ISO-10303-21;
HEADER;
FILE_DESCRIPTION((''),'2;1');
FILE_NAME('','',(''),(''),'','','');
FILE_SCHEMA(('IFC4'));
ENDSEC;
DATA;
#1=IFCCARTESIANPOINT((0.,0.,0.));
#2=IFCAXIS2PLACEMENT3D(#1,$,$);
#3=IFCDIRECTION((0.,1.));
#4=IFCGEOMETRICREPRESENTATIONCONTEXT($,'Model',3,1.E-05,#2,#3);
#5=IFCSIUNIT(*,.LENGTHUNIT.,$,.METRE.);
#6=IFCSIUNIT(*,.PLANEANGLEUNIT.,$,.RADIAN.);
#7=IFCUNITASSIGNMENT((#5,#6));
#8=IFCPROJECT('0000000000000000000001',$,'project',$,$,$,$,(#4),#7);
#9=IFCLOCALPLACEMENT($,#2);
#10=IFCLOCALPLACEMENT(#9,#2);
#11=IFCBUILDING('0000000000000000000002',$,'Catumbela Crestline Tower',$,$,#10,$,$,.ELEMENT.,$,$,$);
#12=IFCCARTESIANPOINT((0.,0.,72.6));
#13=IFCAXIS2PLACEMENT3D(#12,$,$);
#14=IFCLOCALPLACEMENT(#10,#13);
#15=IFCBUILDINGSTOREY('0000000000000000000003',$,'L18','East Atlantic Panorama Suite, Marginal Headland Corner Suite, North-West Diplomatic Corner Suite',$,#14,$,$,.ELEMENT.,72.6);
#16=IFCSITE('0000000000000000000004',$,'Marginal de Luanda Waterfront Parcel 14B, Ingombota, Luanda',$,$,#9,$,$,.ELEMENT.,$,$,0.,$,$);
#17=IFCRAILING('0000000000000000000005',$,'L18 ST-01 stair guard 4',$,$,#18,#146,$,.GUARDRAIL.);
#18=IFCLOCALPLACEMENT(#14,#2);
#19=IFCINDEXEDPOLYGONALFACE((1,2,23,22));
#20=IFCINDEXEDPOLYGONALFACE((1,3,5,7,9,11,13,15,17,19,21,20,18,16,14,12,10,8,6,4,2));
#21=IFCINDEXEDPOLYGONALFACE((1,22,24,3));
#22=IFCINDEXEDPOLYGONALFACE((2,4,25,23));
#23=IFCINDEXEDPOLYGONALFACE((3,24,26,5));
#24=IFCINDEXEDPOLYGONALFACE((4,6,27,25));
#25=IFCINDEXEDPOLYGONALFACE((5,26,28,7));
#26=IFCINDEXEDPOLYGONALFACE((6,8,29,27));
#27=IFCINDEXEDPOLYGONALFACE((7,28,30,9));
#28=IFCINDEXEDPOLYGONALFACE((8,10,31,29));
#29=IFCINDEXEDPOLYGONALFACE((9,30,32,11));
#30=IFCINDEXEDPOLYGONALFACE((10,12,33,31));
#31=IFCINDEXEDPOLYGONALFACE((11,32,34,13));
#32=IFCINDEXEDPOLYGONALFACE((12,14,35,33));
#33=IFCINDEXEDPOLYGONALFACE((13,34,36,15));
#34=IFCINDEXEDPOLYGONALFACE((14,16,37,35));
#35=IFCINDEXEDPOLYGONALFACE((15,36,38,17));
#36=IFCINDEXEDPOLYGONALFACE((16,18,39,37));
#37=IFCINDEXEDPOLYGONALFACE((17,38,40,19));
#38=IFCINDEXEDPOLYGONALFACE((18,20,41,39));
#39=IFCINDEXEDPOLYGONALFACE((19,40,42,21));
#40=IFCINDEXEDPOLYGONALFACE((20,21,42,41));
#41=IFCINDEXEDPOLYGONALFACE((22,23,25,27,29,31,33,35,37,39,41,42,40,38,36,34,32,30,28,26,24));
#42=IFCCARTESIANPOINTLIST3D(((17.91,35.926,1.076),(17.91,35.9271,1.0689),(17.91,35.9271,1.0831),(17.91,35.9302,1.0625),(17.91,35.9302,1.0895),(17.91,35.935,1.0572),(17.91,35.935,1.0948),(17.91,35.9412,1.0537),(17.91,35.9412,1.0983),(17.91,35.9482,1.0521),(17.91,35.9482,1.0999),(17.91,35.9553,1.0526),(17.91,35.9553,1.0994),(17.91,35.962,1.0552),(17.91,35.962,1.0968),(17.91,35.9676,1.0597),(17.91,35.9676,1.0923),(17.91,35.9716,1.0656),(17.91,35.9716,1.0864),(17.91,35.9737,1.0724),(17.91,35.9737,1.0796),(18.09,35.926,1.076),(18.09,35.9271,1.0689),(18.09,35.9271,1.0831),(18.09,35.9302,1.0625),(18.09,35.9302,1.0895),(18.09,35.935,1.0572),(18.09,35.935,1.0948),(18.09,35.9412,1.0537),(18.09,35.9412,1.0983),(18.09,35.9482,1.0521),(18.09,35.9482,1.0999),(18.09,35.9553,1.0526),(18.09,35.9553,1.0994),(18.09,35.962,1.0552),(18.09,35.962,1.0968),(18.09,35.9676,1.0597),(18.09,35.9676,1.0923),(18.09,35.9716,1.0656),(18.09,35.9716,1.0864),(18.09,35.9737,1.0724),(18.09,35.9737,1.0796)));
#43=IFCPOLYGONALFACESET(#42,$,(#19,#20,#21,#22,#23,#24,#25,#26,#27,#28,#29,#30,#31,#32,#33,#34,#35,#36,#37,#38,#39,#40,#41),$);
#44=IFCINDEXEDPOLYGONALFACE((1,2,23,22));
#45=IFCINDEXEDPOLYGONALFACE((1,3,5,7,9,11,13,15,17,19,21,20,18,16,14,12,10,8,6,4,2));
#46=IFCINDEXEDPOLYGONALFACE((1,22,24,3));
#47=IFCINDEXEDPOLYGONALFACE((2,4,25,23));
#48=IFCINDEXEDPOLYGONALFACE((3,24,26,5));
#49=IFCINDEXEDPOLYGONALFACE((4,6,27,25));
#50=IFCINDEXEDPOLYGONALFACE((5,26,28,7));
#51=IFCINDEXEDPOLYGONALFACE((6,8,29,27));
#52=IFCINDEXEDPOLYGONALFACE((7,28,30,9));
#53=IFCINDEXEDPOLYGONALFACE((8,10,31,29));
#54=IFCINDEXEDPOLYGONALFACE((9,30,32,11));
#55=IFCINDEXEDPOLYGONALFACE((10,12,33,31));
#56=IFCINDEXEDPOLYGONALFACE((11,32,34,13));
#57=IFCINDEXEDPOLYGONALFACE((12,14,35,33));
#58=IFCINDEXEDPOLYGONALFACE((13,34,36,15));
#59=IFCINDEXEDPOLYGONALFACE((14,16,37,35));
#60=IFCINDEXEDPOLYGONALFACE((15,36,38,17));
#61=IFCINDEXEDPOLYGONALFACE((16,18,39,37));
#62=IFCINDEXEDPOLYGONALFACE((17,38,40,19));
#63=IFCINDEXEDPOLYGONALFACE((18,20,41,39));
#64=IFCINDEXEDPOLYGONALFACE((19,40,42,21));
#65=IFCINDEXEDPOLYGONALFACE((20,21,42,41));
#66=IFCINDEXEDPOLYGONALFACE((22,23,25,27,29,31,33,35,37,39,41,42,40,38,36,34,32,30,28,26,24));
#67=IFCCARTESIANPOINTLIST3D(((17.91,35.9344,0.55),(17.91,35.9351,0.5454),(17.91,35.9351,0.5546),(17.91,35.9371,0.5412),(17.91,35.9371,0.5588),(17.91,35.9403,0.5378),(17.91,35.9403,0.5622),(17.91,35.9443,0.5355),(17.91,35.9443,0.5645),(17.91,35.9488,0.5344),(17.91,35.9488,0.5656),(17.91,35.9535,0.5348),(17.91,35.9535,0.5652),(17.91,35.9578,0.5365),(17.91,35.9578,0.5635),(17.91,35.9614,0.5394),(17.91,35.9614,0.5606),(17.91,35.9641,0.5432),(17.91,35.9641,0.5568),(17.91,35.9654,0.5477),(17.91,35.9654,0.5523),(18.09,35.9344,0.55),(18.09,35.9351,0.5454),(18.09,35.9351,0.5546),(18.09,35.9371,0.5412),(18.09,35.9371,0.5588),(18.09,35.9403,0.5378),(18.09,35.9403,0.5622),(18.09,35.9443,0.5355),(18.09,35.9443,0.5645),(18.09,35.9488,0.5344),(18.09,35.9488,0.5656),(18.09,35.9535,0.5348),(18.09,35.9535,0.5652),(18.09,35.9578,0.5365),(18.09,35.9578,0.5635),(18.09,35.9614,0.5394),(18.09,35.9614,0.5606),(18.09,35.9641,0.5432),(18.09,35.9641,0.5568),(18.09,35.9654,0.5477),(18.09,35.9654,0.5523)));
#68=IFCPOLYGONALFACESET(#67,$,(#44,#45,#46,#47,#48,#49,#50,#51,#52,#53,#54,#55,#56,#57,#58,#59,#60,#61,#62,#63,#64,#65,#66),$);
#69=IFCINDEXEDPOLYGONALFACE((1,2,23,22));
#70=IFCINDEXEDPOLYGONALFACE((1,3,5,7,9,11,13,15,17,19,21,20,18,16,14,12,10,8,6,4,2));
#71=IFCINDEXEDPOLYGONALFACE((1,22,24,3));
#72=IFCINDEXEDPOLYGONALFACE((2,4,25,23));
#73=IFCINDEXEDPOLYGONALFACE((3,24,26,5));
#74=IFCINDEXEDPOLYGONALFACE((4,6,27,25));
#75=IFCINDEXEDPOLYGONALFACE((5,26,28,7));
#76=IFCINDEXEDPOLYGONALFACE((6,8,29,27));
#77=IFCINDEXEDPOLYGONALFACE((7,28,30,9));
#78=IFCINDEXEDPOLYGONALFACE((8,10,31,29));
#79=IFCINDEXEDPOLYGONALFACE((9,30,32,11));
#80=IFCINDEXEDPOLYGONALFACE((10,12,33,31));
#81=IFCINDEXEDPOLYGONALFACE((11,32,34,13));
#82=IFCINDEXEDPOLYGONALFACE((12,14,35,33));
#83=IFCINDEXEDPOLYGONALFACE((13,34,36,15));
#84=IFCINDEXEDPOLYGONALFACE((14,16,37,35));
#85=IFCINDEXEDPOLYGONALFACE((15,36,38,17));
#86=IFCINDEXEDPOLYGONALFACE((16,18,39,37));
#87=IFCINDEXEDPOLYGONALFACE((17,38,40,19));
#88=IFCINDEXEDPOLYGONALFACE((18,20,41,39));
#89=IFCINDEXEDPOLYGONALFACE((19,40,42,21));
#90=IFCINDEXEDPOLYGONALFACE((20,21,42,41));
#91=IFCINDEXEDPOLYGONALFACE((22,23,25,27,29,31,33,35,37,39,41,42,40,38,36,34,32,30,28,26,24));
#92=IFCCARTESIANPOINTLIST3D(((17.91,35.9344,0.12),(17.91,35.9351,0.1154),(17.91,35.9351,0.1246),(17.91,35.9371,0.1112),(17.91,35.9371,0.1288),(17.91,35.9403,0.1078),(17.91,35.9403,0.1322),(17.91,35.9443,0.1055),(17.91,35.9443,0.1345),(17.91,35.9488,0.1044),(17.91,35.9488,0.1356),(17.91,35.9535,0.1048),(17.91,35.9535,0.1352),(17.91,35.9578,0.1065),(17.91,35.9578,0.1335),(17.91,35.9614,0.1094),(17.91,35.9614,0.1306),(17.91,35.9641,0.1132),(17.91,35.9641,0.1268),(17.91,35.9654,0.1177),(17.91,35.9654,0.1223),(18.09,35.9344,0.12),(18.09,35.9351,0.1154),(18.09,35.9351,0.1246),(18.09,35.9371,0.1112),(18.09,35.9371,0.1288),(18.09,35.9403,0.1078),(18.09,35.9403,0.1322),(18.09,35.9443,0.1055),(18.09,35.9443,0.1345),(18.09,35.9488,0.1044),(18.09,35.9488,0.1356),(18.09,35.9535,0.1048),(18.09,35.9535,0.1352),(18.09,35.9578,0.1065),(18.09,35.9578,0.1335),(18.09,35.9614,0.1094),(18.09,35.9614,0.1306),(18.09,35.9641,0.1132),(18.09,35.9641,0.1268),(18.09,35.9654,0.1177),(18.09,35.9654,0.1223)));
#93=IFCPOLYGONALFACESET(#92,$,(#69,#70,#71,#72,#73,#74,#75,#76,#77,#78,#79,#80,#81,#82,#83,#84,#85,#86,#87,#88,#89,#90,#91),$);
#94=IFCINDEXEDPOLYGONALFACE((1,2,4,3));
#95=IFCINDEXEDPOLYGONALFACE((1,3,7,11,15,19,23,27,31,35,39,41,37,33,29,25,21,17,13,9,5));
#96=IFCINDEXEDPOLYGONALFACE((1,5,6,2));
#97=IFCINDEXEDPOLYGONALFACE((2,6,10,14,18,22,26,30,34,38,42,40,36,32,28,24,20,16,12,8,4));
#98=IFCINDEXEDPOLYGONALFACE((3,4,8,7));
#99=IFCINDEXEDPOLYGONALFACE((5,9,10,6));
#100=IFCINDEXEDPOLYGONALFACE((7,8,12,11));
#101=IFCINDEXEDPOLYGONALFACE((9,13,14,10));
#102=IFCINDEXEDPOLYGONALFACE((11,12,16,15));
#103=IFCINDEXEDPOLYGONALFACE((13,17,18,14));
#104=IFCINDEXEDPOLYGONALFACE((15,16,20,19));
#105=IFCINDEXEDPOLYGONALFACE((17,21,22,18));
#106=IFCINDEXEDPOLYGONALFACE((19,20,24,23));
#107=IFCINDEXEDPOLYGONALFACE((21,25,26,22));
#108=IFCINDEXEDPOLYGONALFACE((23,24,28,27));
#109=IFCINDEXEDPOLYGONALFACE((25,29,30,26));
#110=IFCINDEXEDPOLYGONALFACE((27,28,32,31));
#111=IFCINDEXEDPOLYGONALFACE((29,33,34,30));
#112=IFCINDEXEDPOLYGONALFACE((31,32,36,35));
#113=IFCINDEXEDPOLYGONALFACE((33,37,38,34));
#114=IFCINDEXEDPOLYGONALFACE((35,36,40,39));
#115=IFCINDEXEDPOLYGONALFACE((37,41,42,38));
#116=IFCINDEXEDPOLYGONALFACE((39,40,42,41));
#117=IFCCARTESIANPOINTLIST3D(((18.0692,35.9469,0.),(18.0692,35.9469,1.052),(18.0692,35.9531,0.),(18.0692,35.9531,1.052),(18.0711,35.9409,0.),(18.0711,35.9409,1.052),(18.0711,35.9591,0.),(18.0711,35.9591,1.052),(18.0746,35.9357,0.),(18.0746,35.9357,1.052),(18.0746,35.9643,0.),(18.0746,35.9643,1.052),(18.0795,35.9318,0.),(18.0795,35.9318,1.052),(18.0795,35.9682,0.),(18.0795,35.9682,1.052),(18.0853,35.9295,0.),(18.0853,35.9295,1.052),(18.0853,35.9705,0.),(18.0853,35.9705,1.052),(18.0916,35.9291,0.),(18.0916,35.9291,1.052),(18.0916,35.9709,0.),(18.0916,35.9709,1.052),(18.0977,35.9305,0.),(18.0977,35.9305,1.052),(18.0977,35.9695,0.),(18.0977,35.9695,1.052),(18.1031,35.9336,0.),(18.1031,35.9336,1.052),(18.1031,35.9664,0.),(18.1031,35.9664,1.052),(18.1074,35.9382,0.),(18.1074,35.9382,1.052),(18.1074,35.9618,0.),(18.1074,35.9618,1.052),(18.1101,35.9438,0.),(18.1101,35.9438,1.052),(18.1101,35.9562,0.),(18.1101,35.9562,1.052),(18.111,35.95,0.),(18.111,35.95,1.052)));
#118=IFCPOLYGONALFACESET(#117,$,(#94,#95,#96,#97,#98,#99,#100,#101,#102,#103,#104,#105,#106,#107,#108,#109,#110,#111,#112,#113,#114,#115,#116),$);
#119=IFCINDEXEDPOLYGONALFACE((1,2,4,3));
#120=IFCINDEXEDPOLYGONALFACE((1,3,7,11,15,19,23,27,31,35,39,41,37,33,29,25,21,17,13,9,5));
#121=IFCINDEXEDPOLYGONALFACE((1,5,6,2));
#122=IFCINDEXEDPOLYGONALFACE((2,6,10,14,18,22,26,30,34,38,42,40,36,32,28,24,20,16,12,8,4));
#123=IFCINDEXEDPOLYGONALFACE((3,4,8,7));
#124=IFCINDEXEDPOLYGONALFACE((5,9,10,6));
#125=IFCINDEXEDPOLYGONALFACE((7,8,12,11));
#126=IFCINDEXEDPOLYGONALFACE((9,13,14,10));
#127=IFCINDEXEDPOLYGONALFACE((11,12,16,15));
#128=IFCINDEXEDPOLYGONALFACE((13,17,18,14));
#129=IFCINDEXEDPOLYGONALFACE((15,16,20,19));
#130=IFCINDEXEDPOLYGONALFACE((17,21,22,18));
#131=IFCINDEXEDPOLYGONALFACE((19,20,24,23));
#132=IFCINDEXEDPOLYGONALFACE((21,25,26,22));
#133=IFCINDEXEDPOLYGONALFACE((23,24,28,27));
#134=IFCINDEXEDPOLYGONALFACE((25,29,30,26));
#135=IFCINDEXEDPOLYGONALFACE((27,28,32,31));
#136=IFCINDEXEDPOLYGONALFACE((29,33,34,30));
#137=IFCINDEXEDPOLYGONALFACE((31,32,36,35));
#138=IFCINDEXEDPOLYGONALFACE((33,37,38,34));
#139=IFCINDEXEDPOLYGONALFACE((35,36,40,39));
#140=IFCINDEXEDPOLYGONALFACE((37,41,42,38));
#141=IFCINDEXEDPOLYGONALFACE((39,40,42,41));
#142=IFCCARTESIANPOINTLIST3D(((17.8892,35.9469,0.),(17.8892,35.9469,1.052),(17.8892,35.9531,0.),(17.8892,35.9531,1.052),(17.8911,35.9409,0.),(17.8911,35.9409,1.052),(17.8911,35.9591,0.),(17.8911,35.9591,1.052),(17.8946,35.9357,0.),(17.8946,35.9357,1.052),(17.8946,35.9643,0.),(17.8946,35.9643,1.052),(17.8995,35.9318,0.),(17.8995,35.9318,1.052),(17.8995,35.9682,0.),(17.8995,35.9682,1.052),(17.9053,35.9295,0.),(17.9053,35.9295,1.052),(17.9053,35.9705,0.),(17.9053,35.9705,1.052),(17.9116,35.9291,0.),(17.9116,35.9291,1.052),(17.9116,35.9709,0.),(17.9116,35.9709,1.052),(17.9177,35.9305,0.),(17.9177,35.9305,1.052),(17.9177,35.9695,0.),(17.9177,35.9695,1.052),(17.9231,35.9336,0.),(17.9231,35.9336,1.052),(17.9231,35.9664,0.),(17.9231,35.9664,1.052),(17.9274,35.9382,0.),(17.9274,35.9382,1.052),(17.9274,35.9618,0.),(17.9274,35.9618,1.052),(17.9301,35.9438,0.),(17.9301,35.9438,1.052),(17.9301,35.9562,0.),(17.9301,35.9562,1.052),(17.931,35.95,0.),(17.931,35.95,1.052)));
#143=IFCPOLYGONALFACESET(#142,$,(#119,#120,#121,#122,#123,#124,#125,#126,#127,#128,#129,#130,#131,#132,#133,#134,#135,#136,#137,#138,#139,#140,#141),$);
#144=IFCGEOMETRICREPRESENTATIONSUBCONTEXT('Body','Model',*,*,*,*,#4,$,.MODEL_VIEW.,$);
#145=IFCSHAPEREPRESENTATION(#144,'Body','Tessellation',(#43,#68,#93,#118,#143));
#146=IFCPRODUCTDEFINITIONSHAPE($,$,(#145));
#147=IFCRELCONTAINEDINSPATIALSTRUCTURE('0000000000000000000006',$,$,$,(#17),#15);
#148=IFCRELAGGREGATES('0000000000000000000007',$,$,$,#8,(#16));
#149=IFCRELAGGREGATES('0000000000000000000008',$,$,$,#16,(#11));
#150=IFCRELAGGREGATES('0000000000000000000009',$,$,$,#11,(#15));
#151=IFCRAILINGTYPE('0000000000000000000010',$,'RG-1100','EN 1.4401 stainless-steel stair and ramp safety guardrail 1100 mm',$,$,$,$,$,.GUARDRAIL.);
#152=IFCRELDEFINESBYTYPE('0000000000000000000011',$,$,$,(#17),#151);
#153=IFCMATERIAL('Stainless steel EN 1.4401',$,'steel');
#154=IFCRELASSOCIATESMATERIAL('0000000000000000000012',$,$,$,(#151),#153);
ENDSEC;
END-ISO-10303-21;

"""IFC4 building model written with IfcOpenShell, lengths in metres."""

from ifc_helpers import new_model, si_unit, direction, frame, origin, origin_2d, place, context, subcontext, project, spatial, circle, extrude, material, type_object, element, save


model = new_model("IFC4")

# Units and contexts
model_context = context("Model", 3, precision=1e-05, world=origin(), true_north=direction((0.0, 1.0)))
body_context = subcontext(model_context, "Body", "Model", "MODEL_VIEW")
ifc_project = project(units=[si_unit("LENGTHUNIT", "METRE"), si_unit("PLANEANGLEUNIT", "RADIAN")], contexts=[model_context])

# Site, building, storey
site_placement = place(None, origin())
site = spatial("IfcSite", under=ifc_project, at=site_placement, Name="Marginal de Luanda Waterfront Parcel 14B, Ingombota, Luanda", CompositionType="ELEMENT", RefElevation=0.0)
building_placement = place(site_placement, origin())
building = spatial("IfcBuilding", under=site, at=building_placement, Name="Catumbela Crestline Tower", CompositionType="ELEMENT")
storey_placement = place(building_placement, frame((0.0, 0.0, 72.6)))
storey = spatial("IfcBuildingStorey", under=building, at=storey_placement, Name="L18", Description="East Atlantic Panorama Suite, Marginal Headland Corner Suite, North-West Diplomatic Corner Suite", CompositionType="ELEMENT", Elevation=72.6)

# Shared definitions
ifc_material_1 = material(Name="Stainless steel EN 1.4401", Category="steel")

# Railing
railing_type_1 = type_object("IfcRailingType", Name="RG-1100", Description="EN 1.4401 stainless-steel stair and ramp safety guardrail 1100 mm", PredefinedType="GUARDRAIL", material=ifc_material_1)
railing_1_placement = place(storey_placement, frame((18.09, 35.95, 0.0)))
element("IfcRailing", 1, at=railing_1_placement, inside=storey, type_object=railing_type_1, Name="L18 ST-01 stair guard 4", PredefinedType="GUARDRAIL", context=body_context, shape_type="SweptSolid", body=[
    extrude(circle(Radius=0.024, at=origin_2d()), frame((0.0, 0.0, 1.076), z_axis=(-1.0, 0.0, 0.0), x_axis=(0.0, -1.0, 0.0)), (0.0, 0.0, 1.0), 0.18),
    extrude(circle(Radius=0.0156, at=origin_2d()), frame((0.0, 0.0, 0.55), z_axis=(-1.0, 0.0, 0.0), x_axis=(0.0, -1.0, 0.0)), (0.0, 0.0, 1.0), 0.18),
    extrude(circle(Radius=0.0156, at=origin_2d()), frame((0.0, 0.0, 0.12), z_axis=(-1.0, 0.0, 0.0), x_axis=(0.0, -1.0, 0.0)), (0.0, 0.0, 1.0), 0.18),
    extrude(circle(Radius=0.021, at=origin_2d()), origin(), (0.0, 0.0, 1.0), 1.052),
    extrude(circle(Radius=0.021, at=origin_2d()), frame((-0.18, 0.0, 0.0)), (0.0, 0.0, 1.0), 1.052),
])

save(model, "model.ifc")
